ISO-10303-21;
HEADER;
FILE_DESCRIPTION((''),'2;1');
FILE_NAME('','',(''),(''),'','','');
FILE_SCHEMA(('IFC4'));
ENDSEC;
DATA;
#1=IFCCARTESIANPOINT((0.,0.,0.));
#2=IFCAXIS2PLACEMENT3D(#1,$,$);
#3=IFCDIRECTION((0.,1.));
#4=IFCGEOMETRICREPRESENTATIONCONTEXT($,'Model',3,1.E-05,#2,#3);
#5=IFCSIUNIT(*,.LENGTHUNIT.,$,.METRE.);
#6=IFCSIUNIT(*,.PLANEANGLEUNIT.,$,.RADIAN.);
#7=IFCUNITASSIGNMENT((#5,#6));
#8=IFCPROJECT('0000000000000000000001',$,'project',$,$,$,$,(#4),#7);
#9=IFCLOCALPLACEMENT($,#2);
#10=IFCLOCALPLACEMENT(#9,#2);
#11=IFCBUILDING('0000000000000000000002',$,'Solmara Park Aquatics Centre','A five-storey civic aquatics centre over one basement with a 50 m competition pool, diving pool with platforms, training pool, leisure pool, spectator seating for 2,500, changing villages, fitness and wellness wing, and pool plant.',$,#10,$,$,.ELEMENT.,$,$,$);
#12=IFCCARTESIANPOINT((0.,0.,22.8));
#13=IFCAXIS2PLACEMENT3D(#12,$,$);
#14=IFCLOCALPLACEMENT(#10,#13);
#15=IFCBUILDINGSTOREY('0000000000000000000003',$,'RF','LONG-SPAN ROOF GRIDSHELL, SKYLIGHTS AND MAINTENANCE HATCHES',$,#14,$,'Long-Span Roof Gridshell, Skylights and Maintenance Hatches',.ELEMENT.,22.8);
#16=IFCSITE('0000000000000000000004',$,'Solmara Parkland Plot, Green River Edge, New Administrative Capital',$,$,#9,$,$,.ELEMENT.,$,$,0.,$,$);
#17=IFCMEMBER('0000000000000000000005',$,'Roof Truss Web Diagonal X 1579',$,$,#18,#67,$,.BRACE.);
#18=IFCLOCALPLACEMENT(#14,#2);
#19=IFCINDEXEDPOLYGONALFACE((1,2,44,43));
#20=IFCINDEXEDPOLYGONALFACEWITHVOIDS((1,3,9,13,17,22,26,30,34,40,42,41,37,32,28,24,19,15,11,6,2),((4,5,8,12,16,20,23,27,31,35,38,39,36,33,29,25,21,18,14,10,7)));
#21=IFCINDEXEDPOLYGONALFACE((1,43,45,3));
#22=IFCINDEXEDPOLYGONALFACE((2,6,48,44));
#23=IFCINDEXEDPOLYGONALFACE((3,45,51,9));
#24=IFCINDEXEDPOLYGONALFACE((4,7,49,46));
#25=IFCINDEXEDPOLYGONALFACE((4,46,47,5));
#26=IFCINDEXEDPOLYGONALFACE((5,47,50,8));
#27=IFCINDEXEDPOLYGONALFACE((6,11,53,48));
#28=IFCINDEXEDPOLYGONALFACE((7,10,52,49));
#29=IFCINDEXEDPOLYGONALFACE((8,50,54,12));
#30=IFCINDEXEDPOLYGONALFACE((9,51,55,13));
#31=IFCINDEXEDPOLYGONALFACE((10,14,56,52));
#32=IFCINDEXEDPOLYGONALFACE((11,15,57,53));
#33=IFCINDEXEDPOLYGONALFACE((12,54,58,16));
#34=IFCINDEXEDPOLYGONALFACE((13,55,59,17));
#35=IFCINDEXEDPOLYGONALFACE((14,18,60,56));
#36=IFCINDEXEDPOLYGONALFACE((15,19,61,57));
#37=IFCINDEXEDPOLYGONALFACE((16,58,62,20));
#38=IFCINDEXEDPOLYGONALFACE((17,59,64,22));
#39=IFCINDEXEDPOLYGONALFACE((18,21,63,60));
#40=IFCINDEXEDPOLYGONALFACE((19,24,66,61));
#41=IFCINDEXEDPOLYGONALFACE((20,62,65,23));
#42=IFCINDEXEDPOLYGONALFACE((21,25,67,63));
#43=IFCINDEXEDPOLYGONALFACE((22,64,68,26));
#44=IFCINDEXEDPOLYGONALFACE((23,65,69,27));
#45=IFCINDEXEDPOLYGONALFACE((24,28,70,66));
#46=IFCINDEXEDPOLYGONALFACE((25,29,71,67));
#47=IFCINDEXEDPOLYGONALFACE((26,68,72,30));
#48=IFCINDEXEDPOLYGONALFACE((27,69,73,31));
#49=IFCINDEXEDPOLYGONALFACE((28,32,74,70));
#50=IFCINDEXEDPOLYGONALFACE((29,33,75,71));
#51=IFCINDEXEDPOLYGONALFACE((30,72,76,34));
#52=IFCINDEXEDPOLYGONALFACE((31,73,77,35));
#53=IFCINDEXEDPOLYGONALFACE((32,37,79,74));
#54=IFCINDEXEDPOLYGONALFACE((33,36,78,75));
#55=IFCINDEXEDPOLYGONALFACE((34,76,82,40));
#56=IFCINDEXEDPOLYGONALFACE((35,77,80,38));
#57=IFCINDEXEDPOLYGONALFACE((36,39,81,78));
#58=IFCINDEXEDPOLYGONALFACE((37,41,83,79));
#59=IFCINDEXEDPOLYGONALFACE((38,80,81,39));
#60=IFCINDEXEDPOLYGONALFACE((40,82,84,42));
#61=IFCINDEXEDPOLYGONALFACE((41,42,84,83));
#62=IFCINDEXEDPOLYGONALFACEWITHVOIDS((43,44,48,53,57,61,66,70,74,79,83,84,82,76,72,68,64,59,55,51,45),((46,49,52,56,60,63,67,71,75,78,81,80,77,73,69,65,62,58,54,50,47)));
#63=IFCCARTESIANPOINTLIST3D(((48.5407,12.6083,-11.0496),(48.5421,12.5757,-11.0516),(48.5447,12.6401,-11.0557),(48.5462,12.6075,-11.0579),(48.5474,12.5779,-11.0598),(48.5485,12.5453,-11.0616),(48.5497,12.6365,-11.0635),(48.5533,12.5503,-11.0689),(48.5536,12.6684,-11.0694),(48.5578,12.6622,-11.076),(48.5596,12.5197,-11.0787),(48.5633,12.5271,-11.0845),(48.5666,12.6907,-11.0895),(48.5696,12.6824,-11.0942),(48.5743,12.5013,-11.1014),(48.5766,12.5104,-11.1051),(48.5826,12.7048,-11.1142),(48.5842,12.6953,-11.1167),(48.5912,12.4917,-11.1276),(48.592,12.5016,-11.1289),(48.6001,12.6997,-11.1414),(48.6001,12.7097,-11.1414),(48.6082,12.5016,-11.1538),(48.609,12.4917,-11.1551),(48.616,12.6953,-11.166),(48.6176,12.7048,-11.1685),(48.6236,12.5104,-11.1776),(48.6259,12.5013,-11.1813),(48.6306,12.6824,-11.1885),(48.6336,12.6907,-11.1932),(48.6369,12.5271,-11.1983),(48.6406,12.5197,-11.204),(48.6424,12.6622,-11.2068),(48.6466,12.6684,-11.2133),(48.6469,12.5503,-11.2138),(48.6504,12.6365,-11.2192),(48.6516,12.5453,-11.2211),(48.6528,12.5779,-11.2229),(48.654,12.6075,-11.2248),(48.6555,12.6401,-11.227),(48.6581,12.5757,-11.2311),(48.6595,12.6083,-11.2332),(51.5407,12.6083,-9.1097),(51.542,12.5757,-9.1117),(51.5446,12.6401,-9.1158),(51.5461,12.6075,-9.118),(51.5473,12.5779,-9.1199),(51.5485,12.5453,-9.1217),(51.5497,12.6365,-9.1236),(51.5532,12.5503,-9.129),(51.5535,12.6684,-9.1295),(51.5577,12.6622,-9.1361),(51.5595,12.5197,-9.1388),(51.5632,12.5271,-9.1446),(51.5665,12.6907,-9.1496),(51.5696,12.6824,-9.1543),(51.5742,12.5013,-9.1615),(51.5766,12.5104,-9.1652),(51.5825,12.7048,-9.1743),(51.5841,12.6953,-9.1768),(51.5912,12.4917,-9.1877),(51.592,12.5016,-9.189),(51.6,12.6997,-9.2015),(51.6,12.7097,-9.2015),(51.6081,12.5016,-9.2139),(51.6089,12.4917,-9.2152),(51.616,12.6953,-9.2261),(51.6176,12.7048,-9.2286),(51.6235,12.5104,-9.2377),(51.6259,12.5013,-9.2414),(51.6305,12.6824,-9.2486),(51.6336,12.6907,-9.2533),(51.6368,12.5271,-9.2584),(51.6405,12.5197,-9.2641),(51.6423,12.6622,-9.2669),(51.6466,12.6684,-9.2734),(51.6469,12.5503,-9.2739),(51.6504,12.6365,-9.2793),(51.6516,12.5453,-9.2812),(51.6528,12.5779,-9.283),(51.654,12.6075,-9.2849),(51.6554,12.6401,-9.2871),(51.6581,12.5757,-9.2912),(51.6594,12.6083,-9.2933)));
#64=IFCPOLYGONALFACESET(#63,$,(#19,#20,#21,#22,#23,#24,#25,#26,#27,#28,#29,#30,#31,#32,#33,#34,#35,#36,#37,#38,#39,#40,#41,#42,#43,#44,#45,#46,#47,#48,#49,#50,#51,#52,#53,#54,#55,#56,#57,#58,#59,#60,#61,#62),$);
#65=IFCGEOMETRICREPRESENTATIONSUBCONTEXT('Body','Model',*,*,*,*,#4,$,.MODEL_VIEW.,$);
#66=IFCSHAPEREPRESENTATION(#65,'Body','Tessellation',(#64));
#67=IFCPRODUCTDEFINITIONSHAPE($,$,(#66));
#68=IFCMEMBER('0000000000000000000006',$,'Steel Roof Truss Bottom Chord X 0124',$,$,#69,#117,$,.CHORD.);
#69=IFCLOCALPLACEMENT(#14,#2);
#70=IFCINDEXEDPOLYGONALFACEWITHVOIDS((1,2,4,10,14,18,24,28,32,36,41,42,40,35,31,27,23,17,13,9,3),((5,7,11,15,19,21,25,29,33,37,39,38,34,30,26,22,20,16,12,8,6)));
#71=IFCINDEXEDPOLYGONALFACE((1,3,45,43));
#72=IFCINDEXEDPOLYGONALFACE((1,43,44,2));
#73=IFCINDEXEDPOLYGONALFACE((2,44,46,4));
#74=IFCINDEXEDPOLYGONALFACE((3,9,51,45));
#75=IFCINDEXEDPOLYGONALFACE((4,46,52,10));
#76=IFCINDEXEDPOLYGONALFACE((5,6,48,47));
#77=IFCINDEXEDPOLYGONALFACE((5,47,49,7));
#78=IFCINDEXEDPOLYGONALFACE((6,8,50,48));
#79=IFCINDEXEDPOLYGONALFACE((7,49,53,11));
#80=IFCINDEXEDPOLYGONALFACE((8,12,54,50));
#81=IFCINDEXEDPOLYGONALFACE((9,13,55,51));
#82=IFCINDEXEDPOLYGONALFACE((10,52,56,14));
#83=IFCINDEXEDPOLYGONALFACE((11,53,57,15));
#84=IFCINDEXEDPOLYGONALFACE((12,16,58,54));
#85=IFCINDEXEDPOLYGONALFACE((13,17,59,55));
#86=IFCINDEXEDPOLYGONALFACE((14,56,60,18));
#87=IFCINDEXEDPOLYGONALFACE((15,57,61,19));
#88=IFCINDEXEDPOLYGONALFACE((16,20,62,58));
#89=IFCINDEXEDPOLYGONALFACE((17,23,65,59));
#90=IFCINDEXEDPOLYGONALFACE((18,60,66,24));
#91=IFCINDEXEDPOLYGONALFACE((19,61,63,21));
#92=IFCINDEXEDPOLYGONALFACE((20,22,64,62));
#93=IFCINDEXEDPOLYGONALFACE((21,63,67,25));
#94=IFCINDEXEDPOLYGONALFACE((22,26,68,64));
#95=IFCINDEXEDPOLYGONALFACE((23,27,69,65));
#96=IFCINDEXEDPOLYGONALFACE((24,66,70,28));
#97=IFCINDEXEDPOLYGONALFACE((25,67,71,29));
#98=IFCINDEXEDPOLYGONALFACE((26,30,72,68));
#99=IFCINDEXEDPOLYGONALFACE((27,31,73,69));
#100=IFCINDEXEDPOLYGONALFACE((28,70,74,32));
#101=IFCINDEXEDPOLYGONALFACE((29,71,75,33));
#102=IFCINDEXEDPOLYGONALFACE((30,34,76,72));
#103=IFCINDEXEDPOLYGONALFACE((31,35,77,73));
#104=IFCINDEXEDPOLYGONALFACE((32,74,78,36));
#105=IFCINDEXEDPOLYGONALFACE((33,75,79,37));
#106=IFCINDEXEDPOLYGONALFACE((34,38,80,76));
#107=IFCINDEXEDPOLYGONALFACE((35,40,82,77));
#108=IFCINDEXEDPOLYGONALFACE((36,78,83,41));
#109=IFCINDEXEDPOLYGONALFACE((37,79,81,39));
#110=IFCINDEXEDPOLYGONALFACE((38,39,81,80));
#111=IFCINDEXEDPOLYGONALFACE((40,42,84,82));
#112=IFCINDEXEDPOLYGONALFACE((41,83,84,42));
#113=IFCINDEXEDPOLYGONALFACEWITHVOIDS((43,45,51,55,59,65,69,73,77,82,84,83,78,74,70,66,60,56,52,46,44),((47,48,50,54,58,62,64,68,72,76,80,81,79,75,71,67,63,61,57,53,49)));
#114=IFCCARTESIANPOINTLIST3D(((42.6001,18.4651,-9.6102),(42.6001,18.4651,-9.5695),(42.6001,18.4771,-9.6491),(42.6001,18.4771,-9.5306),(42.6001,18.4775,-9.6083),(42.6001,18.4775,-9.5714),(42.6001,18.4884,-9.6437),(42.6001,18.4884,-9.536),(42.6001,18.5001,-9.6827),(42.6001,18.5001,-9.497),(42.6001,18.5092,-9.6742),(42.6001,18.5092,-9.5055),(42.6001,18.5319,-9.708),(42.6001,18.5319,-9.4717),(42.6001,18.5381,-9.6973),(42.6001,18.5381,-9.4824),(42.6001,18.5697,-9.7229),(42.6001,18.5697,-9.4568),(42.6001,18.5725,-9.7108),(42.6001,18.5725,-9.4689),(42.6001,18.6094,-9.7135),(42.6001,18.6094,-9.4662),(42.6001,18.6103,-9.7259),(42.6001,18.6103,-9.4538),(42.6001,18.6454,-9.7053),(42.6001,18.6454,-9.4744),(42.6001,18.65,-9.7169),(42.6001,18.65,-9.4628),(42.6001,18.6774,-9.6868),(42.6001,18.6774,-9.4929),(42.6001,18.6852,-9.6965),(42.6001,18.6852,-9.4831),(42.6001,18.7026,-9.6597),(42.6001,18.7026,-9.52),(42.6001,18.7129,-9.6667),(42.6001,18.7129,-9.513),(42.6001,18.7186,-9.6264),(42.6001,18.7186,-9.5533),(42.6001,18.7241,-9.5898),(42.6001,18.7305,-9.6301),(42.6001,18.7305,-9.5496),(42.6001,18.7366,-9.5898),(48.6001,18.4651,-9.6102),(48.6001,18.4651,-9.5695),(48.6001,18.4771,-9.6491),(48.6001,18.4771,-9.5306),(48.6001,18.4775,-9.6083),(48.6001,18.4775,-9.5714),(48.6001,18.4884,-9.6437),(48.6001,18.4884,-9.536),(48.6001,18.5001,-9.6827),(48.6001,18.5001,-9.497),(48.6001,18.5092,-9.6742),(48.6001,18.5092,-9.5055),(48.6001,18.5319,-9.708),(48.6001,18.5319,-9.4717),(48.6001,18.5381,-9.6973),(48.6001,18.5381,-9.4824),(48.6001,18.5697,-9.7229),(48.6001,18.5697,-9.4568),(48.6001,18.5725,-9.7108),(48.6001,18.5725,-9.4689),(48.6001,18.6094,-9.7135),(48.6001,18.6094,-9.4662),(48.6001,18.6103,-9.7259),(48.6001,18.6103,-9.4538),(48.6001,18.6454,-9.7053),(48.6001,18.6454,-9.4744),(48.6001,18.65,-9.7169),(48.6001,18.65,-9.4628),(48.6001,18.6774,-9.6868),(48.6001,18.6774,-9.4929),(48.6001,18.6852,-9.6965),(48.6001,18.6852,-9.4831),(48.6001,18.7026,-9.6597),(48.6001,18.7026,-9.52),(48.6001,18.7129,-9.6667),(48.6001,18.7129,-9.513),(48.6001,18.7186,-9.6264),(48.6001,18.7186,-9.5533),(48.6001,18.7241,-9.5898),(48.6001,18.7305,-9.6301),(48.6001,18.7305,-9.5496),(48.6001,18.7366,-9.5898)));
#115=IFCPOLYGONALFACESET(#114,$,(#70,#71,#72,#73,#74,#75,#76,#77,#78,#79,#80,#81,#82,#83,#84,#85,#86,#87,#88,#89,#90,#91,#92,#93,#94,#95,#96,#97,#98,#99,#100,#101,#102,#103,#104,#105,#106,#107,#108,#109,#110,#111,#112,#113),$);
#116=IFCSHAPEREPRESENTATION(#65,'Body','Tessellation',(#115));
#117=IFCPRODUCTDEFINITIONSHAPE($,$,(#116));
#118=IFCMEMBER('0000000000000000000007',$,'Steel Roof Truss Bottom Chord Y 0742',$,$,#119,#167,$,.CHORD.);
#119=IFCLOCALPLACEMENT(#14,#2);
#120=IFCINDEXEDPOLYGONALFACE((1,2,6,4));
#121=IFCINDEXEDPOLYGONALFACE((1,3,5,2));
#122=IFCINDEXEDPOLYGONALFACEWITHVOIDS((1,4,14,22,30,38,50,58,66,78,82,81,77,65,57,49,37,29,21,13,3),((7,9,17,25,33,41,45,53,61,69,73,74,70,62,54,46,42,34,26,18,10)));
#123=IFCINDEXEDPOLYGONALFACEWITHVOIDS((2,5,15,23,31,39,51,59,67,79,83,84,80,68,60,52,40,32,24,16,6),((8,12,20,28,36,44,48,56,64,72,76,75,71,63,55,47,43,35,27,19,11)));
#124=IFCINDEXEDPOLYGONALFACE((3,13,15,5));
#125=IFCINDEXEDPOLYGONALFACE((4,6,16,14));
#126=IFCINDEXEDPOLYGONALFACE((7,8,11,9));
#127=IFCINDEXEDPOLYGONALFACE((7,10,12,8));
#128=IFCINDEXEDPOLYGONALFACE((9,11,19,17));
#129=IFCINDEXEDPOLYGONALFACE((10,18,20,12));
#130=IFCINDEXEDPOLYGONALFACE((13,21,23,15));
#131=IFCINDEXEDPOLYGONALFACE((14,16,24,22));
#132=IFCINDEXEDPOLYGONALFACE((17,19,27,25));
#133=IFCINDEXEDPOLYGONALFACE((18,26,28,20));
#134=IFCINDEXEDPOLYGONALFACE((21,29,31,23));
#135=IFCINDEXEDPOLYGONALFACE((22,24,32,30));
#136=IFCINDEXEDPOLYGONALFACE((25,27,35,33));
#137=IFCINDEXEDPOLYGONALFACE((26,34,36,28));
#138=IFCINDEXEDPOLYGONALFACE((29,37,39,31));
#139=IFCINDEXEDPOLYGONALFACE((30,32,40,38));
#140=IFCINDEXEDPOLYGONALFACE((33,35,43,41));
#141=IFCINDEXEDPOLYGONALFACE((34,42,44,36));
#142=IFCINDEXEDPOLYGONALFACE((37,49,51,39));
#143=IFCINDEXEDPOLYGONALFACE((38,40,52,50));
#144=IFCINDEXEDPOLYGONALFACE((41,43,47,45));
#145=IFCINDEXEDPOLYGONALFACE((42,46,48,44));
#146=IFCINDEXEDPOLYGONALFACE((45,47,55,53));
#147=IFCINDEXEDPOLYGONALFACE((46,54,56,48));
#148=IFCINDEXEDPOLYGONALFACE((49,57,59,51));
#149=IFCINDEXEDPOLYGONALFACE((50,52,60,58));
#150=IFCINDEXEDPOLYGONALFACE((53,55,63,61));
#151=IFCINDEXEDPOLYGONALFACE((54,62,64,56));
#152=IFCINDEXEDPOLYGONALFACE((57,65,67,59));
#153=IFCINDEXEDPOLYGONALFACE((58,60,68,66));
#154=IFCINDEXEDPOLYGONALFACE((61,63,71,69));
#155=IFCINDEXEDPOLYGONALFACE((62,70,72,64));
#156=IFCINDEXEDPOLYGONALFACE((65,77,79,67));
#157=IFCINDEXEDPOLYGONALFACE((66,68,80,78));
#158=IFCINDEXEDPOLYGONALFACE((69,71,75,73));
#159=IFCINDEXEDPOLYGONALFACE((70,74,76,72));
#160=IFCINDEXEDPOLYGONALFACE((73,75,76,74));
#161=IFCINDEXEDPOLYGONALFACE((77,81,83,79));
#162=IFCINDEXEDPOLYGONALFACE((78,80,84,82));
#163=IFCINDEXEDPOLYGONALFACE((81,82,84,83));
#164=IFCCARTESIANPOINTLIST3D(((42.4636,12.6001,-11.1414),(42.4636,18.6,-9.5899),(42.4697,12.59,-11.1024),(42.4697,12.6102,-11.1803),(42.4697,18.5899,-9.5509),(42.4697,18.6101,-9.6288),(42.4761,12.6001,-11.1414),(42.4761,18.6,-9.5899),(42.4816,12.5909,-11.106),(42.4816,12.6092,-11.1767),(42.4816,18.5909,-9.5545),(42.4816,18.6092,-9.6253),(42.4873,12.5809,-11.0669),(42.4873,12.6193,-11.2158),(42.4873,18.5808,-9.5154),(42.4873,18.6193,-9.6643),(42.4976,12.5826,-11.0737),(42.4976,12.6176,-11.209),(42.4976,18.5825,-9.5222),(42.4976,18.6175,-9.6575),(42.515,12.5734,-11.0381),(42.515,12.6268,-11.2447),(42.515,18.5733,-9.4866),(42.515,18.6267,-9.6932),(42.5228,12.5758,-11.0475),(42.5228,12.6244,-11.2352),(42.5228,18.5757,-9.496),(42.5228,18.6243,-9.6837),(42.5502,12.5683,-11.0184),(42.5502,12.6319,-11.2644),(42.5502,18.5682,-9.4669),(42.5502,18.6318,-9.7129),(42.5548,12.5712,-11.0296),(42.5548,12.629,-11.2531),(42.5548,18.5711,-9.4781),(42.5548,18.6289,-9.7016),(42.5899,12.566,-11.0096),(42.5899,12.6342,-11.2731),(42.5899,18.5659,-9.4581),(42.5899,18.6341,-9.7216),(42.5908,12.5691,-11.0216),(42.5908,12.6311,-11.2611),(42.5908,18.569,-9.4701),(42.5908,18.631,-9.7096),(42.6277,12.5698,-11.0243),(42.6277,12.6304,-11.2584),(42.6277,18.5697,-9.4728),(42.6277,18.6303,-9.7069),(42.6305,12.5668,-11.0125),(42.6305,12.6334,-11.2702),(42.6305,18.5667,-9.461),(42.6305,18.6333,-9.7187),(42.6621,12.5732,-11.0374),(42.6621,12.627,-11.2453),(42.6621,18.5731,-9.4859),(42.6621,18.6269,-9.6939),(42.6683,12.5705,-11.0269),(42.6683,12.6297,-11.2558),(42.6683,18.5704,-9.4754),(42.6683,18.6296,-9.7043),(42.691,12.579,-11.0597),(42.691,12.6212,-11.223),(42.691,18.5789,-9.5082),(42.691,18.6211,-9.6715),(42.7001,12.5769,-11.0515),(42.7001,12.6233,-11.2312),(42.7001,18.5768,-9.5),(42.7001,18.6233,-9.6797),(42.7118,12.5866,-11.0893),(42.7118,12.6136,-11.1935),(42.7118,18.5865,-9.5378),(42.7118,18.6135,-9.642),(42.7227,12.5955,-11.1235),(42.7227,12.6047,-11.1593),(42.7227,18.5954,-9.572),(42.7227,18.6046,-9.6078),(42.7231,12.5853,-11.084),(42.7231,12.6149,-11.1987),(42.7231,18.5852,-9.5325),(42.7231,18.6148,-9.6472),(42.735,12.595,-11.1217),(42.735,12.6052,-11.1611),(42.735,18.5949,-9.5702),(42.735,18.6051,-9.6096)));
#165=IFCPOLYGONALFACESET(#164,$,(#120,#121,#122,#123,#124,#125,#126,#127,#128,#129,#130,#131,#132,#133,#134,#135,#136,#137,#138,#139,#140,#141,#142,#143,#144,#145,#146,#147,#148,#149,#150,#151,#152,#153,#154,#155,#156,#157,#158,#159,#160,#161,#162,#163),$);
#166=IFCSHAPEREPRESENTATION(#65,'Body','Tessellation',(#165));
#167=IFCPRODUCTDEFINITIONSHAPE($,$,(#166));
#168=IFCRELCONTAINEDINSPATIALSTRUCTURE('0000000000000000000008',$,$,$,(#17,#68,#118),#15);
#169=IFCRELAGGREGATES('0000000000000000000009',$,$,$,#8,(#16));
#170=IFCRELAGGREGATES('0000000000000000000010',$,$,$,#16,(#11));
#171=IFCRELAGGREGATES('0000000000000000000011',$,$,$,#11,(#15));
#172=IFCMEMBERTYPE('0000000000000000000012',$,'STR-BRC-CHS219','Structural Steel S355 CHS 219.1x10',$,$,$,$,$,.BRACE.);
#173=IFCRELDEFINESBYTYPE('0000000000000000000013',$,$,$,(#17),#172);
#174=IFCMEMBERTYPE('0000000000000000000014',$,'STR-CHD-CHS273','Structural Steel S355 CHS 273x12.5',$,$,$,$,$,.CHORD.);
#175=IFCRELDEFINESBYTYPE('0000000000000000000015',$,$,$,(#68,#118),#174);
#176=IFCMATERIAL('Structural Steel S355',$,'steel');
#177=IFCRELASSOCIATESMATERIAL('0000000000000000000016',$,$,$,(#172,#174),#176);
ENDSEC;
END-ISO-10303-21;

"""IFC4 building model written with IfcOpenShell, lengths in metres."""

from ifc_helpers import new_model, si_unit, direction, frame, origin, origin_2d, place, context, subcontext, project, spatial, hollow_circle, extrude, material, material_profile, profile_set, type_object, element, save


model = new_model("IFC4")

# Units and contexts
model_context = context("Model", 3, precision=1e-05, world=origin(), true_north=direction((0.0, 1.0)))
body_context = subcontext(model_context, "Body", "Model", "MODEL_VIEW")
ifc_project = project(units=[si_unit("LENGTHUNIT", "METRE"), si_unit("PLANEANGLEUNIT", "RADIAN")], contexts=[model_context])

# Site, building, storey
site_placement = place(None, origin())
site = spatial("IfcSite", under=ifc_project, at=site_placement, Name="Solmara Parkland Plot, Green River Edge, New Administrative Capital", CompositionType="ELEMENT", RefElevation=0.0)
building_placement = place(site_placement, origin())
building = spatial("IfcBuilding", under=site, at=building_placement, Name="Solmara Park Aquatics Centre", Description="A five-storey civic aquatics centre over one basement with a 50 m competition pool, diving pool with platforms, training pool, leisure pool, spectator seating for 2,500, changing villages, fitness and wellness wing, and pool plant.", CompositionType="ELEMENT")
storey_placement = place(building_placement, frame((0.0, 0.0, 22.8)))
storey = spatial("IfcBuildingStorey", under=building, at=storey_placement, Name="RF", Description="LONG-SPAN ROOF GRIDSHELL, SKYLIGHTS AND MAINTENANCE HATCHES", LongName="Long-Span Roof Gridshell, Skylights and Maintenance Hatches", CompositionType="ELEMENT", Elevation=22.8)

# Members
ifc_material_1 = material(Name="Structural Steel S355", Category="steel")
ifc_material_profile_1 = material_profile(ifc_material_1, hollow_circle(Radius=0.1096, WallThickness=0.01, at=origin_2d()), Name="CHS 219.1x10")
ifc_profile_set_1 = profile_set([ifc_material_profile_1], Name="Structural Steel S355")
member_type_1 = type_object("IfcMemberType", Name="STR-BRC-CHS219", Description="Structural Steel S355 CHS 219.1x10", PredefinedType="BRACE", material=ifc_profile_set_1)
for number, where, z_axis, x_axis, name in (
    (1, (48.6001, 12.6001, -11.1414), (0.839728, 0.0, 0.543008), (0.0, 1.0, 0.0), "Roof Truss Web Diagonal X 1579"),
):
    element("IfcMember", number, at=place(storey_placement, frame(where, z_axis=z_axis, x_axis=x_axis)), inside=storey, type_object=member_type_1, Name=name, PredefinedType="BRACE", context=body_context, shape_type="SweptSolid", body=[
        extrude(hollow_circle(Radius=0.1096, WallThickness=0.01, at=origin_2d()), origin(), (0.0, 0.0, 1.0), 3.5725),
    ])
ifc_material_profile_2 = material_profile(ifc_material_1, hollow_circle(Radius=0.1365, WallThickness=0.0125, at=origin_2d()), Name="CHS 273x12.5")
ifc_profile_set_2 = profile_set([ifc_material_profile_2], Name="Structural Steel S355")
member_type_2 = type_object("IfcMemberType", Name="STR-CHD-CHS273", Description="Structural Steel S355 CHS 273x12.5", PredefinedType="CHORD", material=ifc_profile_set_2)
member_1_placement = place(storey_placement, frame((42.6001, 18.6001, -9.5898), z_axis=(1.0, 0.0, 0.0), x_axis=(0.0, 1.0, 0.0)))
element("IfcMember", 2, at=member_1_placement, inside=storey, type_object=member_type_2, Name="Steel Roof Truss Bottom Chord X 0124", PredefinedType="CHORD", context=body_context, shape_type="SweptSolid", body=[
    extrude(hollow_circle(Radius=0.1365, WallThickness=0.0125, at=origin_2d()), origin(), (0.0, 0.0, 1.0), 6.0),
])
member_2_placement = place(storey_placement, frame((42.6001, 12.6001, -11.1414), z_axis=(0.0, 0.968155, 0.250351), x_axis=(-1.0, 0.0, 0.0)))
element("IfcMember", 3, at=member_2_placement, inside=storey, type_object=member_type_2, Name="Steel Roof Truss Bottom Chord Y 0742", PredefinedType="CHORD", context=body_context, shape_type="SweptSolid", body=[
    extrude(hollow_circle(Radius=0.1365, WallThickness=0.0125, at=origin_2d()), origin(), (0.0, 0.0, 1.0), 6.1973),
])

save(model, "model.ifc")
